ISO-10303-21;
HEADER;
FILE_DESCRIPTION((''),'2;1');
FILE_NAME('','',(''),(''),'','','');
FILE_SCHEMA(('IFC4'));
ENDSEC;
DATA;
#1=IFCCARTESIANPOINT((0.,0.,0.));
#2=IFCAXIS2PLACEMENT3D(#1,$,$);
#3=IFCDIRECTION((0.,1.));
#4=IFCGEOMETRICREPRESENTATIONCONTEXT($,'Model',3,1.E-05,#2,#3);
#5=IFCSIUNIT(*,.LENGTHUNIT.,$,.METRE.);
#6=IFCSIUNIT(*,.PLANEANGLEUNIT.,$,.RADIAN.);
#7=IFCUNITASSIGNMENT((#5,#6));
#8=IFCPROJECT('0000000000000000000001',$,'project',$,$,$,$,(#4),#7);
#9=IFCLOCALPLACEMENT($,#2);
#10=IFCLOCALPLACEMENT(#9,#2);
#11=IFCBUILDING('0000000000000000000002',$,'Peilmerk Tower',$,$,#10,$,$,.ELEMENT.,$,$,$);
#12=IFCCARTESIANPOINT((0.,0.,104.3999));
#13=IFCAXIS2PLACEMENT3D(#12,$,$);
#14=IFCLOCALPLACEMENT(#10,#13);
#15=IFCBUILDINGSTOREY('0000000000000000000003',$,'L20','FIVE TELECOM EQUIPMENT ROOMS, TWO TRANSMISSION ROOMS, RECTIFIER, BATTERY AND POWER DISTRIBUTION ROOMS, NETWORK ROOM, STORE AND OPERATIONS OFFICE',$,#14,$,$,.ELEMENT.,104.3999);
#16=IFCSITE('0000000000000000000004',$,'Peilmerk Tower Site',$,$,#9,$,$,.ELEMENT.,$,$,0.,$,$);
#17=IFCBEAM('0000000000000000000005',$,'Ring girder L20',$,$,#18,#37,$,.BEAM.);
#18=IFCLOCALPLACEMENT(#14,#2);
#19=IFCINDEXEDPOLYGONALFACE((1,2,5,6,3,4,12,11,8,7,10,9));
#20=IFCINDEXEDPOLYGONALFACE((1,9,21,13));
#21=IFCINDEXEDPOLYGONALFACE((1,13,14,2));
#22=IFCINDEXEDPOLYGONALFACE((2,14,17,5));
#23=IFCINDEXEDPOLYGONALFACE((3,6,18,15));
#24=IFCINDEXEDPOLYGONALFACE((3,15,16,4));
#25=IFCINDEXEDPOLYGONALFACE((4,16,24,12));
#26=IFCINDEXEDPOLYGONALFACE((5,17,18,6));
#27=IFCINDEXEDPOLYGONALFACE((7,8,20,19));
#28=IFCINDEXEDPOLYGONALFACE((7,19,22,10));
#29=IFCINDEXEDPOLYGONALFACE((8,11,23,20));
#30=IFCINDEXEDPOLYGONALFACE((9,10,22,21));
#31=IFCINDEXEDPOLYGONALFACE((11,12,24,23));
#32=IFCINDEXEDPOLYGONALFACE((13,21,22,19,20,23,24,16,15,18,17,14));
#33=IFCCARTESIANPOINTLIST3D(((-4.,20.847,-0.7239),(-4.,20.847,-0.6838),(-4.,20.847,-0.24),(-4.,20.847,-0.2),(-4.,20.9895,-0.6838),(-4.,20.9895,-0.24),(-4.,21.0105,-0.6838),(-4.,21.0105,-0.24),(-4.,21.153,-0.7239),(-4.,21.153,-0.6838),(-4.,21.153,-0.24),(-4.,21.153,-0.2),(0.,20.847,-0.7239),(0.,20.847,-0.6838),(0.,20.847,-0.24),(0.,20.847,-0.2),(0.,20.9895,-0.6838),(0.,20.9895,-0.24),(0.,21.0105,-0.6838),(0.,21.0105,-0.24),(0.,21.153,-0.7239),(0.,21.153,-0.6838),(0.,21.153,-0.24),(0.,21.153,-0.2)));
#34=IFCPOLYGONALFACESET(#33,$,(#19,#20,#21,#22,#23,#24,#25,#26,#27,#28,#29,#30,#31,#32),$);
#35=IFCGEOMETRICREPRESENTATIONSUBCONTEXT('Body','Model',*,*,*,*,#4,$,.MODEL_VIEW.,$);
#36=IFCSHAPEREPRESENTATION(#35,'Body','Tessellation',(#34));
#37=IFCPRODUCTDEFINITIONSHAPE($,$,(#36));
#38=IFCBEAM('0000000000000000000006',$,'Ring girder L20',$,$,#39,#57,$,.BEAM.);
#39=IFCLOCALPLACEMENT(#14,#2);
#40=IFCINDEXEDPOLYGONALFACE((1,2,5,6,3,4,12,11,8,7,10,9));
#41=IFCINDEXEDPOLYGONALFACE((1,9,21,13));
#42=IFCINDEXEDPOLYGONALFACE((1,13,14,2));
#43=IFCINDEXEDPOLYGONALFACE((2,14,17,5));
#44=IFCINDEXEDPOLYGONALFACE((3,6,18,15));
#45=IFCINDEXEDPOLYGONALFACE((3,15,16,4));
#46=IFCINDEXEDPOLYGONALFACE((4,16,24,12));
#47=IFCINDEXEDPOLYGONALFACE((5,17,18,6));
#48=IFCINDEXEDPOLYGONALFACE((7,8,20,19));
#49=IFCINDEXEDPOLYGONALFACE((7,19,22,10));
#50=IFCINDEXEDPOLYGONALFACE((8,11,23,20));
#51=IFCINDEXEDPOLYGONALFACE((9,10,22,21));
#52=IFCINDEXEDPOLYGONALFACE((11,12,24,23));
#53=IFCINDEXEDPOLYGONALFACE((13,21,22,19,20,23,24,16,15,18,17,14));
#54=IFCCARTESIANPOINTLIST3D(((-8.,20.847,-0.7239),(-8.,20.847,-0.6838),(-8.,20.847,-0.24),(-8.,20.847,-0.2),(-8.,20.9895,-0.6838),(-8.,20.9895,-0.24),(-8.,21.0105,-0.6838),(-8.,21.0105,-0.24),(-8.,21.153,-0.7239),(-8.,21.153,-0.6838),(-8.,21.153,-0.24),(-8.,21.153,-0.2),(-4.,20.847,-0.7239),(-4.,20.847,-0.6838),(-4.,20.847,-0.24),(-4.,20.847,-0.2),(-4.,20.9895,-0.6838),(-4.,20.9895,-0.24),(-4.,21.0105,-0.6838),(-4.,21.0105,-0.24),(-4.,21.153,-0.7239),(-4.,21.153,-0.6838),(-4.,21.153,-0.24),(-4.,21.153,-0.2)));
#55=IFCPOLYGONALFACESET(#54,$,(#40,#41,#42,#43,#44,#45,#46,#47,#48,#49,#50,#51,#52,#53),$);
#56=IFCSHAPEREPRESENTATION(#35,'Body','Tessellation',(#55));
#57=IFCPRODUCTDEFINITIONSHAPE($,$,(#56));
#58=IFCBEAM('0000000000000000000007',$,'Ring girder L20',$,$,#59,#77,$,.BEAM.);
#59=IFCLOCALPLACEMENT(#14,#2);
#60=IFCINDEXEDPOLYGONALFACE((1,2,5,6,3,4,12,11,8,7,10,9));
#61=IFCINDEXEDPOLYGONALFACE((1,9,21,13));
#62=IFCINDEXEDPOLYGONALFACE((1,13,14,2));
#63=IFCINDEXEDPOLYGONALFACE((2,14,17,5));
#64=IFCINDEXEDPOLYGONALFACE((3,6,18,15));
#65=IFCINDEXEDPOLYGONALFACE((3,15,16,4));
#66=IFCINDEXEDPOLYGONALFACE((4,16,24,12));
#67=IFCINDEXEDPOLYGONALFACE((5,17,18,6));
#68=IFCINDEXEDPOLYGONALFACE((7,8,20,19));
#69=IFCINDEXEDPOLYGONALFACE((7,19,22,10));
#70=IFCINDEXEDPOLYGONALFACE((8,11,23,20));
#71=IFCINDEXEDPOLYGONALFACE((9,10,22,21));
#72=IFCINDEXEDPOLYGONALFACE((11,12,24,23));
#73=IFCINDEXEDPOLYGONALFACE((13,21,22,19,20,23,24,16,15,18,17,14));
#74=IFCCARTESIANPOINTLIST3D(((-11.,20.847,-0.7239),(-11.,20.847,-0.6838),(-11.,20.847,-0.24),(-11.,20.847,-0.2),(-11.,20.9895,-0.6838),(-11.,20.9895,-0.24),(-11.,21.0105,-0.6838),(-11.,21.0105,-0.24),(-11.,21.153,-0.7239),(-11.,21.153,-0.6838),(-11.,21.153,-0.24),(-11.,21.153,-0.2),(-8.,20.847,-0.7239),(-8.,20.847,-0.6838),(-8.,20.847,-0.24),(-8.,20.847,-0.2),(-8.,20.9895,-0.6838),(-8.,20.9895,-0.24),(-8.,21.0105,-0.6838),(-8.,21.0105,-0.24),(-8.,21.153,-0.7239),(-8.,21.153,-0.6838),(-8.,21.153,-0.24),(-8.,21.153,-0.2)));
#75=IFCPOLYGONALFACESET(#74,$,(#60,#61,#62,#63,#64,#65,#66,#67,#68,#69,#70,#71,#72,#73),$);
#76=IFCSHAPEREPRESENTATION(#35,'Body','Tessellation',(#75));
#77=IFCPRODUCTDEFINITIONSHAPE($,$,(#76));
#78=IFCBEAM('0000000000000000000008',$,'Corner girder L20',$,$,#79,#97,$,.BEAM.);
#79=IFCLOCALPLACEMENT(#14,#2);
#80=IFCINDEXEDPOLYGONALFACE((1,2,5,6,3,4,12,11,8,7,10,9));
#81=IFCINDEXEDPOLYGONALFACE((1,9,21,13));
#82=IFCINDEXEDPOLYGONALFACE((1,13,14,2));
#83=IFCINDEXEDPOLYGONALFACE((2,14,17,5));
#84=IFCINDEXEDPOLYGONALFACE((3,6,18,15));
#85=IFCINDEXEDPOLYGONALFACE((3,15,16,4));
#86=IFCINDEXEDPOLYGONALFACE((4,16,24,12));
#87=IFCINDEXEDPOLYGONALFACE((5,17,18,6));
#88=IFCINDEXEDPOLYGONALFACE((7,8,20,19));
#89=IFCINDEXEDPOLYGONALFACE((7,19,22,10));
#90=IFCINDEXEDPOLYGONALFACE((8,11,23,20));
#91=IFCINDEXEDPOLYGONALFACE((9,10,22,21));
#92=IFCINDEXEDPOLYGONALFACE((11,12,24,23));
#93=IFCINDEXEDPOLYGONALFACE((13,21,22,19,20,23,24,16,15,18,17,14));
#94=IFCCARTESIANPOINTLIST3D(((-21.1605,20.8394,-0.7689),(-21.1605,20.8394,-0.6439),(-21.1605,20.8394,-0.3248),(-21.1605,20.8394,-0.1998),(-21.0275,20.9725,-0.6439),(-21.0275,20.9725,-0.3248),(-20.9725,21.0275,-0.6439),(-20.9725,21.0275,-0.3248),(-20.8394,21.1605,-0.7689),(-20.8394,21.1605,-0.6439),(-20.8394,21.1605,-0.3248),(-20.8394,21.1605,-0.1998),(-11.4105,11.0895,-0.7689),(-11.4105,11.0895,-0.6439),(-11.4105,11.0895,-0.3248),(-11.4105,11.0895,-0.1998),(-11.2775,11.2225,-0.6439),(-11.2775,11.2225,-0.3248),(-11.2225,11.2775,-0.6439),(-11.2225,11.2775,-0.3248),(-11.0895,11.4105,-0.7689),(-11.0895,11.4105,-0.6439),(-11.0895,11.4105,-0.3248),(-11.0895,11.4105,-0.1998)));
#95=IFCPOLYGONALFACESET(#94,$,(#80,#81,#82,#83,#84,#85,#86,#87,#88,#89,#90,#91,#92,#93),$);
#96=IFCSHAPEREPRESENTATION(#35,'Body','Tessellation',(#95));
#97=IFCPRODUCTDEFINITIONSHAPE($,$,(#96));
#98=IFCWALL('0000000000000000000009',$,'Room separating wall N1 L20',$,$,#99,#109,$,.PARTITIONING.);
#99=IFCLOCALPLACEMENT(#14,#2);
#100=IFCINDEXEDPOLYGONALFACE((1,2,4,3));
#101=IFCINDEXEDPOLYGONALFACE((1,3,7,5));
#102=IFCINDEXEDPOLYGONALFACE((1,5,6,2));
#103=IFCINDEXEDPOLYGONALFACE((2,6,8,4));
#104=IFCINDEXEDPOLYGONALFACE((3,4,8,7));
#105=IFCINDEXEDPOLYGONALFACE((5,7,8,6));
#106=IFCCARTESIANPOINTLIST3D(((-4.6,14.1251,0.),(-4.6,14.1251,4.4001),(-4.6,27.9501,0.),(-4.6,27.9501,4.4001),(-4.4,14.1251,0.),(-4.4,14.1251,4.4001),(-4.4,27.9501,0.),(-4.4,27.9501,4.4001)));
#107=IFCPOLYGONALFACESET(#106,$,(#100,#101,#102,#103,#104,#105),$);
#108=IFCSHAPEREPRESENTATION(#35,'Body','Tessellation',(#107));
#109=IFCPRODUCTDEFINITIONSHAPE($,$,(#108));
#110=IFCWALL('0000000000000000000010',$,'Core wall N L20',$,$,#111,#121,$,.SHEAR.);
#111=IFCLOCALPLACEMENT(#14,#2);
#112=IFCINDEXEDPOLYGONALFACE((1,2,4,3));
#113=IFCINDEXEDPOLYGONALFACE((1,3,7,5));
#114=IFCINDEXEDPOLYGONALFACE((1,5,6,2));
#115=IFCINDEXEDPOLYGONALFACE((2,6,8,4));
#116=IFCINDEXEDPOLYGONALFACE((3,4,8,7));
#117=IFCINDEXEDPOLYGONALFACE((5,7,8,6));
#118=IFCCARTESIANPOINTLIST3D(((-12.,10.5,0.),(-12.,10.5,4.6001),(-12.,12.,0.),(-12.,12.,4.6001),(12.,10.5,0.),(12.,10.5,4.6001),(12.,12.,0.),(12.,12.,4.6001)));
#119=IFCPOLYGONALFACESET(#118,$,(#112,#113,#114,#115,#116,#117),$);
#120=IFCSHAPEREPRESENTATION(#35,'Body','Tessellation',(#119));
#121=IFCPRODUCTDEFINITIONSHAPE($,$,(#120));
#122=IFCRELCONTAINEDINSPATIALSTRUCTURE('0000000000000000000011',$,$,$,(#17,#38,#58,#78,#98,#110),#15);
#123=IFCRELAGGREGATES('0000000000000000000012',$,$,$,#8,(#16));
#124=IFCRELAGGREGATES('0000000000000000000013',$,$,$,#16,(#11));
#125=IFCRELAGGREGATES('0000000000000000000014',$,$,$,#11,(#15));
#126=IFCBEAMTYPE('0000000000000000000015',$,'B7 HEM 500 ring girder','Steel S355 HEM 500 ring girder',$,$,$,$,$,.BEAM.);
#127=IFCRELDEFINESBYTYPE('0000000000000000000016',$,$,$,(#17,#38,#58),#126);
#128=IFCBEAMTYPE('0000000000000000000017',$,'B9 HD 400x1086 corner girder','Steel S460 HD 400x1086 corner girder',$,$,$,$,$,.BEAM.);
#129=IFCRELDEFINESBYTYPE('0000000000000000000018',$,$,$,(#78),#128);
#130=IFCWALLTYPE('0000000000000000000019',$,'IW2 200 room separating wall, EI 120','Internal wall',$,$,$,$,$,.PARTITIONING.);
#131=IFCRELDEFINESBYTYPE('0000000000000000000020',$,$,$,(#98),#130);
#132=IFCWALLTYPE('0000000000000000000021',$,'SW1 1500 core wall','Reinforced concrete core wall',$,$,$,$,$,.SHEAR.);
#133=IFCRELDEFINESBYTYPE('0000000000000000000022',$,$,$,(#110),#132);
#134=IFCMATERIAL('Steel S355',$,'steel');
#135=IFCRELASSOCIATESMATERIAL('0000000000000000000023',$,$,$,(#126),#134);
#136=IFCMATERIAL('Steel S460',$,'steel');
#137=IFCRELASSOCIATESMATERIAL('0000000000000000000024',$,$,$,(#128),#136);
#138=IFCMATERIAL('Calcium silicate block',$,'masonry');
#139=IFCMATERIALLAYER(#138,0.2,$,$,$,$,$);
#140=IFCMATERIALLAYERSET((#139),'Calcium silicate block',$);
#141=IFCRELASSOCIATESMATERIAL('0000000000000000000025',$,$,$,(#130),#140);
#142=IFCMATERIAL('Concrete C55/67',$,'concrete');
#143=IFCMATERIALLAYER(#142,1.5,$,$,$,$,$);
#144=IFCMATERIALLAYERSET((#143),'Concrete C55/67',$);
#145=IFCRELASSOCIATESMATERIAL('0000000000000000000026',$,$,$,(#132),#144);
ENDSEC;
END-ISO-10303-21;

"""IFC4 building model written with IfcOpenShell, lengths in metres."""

from ifc_helpers import new_model, si_unit, direction, frame, frame_2d, origin, origin_2d, place, context, subcontext, project, spatial, rectangle, i_section, extrude, material, layer, layer_set, material_profile, profile_set, type_object, element, save


model = new_model("IFC4")

# Units and contexts
model_context = context("Model", 3, precision=1e-05, world=origin(), true_north=direction((0.0, 1.0)))
body_context = subcontext(model_context, "Body", "Model", "MODEL_VIEW")
ifc_project = project(units=[si_unit("LENGTHUNIT", "METRE"), si_unit("PLANEANGLEUNIT", "RADIAN")], contexts=[model_context])

# Site, building, storey
site_placement = place(None, origin())
site = spatial("IfcSite", under=ifc_project, at=site_placement, Name="Peilmerk Tower Site", CompositionType="ELEMENT", RefElevation=0.0)
building_placement = place(site_placement, origin())
building = spatial("IfcBuilding", under=site, at=building_placement, Name="Peilmerk Tower", CompositionType="ELEMENT")
storey_placement = place(building_placement, frame((0.0, 0.0, 104.3999)))
storey = spatial("IfcBuildingStorey", under=building, at=storey_placement, Name="L20", Description="FIVE TELECOM EQUIPMENT ROOMS, TWO TRANSMISSION ROOMS, RECTIFIER, BATTERY AND POWER DISTRIBUTION ROOMS, NETWORK ROOM, STORE AND OPERATIONS OFFICE", CompositionType="ELEMENT", Elevation=104.3999)

# Shared definitions
ifc_material_1 = material(Name="Steel S460", Category="steel")

# Beams
ifc_material_2 = material(Name="Steel S355", Category="steel")
ifc_material_profile_1 = material_profile(ifc_material_2, i_section(OverallWidth=0.3059, OverallDepth=0.5239, WebThickness=0.021, FlangeThickness=0.04, at=origin_2d()), Name="HEM 500")
ifc_profile_set_1 = profile_set([ifc_material_profile_1], Name="Steel S355")
beam_type_1 = type_object("IfcBeamType", Name="B7 HEM 500 ring girder", Description="Steel S355 HEM 500 ring girder", PredefinedType="BEAM", material=ifc_profile_set_1)
for number, where, z_axis, x_axis, name in (
    (1, (0.0, 21.0, -0.4619), (-1.0, 0.0, 0.0), (0.0, -1.0, 0.0), "Ring girder L20"),
    (2, (-4.0, 21.0, -0.4619), (-1.0, 0.0, 0.0), (0.0, -1.0, 0.0), "Ring girder L20"),
):
    element("IfcBeam", number, at=place(storey_placement, frame(where, z_axis=z_axis, x_axis=x_axis)), inside=storey, type_object=beam_type_1, Name=name, PredefinedType="BEAM", context=body_context, shape_type="SweptSolid", body=[
        extrude(i_section(OverallWidth=0.3059, OverallDepth=0.5239, WebThickness=0.021, FlangeThickness=0.04, at=origin_2d()), origin(), (0.0, 0.0, 1.0), 4.0),
    ])
beam_1_placement = place(storey_placement, frame((-8.0, 21.0, -0.4619), z_axis=(-1.0, 0.0, 0.0), x_axis=(0.0, -1.0, 0.0)))
element("IfcBeam", 3, at=beam_1_placement, inside=storey, type_object=beam_type_1, Name="Ring girder L20", PredefinedType="BEAM", context=body_context, shape_type="SweptSolid", body=[
    extrude(i_section(OverallWidth=0.3059, OverallDepth=0.5239, WebThickness=0.021, FlangeThickness=0.04, at=origin_2d()), origin(), (0.0, 0.0, 1.0), 3.0),
])
ifc_material_profile_2 = material_profile(ifc_material_1, i_section(OverallWidth=0.4541, OverallDepth=0.5691, WebThickness=0.0779, FlangeThickness=0.125, at=origin_2d()), Name="HD 400x1086")
ifc_profile_set_2 = profile_set([ifc_material_profile_2], Name="Steel S460")
beam_type_2 = type_object("IfcBeamType", Name="B9 HD 400x1086 corner girder", Description="Steel S460 HD 400x1086 corner girder", PredefinedType="BEAM", material=ifc_profile_set_2)
beam_2_placement = place(storey_placement, frame((-11.25, 11.25, -0.4844), z_axis=(-0.707107, 0.707107, 0.0), x_axis=(-0.707107, -0.707107, 0.0)))
element("IfcBeam", 4, at=beam_2_placement, inside=storey, type_object=beam_type_2, Name="Corner girder L20", PredefinedType="BEAM", context=body_context, shape_type="SweptSolid", body=[
    extrude(i_section(OverallWidth=0.4541, OverallDepth=0.5691, WebThickness=0.0779, FlangeThickness=0.125, at=origin_2d()), origin(), (0.0, 0.0, 1.0), 13.7886),
])

# Walls
ifc_material_3 = material(Name="Calcium silicate block", Category="masonry")
ifc_layer_1 = layer(ifc_material_3, 0.2)
ifc_layer_set_1 = layer_set([ifc_layer_1], Name="Calcium silicate block")
wall_type_1 = type_object("IfcWallType", Name="IW2 200 room separating wall, EI 120", Description="Internal wall", PredefinedType="PARTITIONING", material=ifc_layer_set_1)
wall_1_placement = place(storey_placement, frame((-4.5, 14.125, 0.0), z_axis=(0.0, 0.0, 1.0), x_axis=(0.0, 1.0, 0.0)))
element("IfcWall", 5, at=wall_1_placement, inside=storey, type_object=wall_type_1, Name="Room separating wall N1 L20", PredefinedType="PARTITIONING", context=body_context, shape_type="SweptSolid", body=[
    extrude(rectangle(XDim=13.825, YDim=0.2, at=frame_2d((6.9126, 0.0))), origin(), (0.0, 0.0, 1.0), 4.4001),
])
ifc_material_4 = material(Name="Concrete C55/67", Category="concrete")
ifc_layer_2 = layer(ifc_material_4, 1.5)
ifc_layer_set_2 = layer_set([ifc_layer_2], Name="Concrete C55/67")
wall_type_2 = type_object("IfcWallType", Name="SW1 1500 core wall", Description="Reinforced concrete core wall", PredefinedType="SHEAR", material=ifc_layer_set_2)
wall_2_placement = place(storey_placement, frame((-12.0, 11.25, 0.0), z_axis=(0.0, 0.0, 1.0), x_axis=(1.0, 0.0, 0.0)))
element("IfcWall", 6, at=wall_2_placement, inside=storey, type_object=wall_type_2, Name="Core wall N L20", PredefinedType="SHEAR", context=body_context, shape_type="SweptSolid", body=[
    extrude(rectangle(XDim=24.0, YDim=1.5, at=frame_2d((12.0, 0.0))), origin(), (0.0, 0.0, 1.0), 4.6001),
])

save(model, "model.ifc")
